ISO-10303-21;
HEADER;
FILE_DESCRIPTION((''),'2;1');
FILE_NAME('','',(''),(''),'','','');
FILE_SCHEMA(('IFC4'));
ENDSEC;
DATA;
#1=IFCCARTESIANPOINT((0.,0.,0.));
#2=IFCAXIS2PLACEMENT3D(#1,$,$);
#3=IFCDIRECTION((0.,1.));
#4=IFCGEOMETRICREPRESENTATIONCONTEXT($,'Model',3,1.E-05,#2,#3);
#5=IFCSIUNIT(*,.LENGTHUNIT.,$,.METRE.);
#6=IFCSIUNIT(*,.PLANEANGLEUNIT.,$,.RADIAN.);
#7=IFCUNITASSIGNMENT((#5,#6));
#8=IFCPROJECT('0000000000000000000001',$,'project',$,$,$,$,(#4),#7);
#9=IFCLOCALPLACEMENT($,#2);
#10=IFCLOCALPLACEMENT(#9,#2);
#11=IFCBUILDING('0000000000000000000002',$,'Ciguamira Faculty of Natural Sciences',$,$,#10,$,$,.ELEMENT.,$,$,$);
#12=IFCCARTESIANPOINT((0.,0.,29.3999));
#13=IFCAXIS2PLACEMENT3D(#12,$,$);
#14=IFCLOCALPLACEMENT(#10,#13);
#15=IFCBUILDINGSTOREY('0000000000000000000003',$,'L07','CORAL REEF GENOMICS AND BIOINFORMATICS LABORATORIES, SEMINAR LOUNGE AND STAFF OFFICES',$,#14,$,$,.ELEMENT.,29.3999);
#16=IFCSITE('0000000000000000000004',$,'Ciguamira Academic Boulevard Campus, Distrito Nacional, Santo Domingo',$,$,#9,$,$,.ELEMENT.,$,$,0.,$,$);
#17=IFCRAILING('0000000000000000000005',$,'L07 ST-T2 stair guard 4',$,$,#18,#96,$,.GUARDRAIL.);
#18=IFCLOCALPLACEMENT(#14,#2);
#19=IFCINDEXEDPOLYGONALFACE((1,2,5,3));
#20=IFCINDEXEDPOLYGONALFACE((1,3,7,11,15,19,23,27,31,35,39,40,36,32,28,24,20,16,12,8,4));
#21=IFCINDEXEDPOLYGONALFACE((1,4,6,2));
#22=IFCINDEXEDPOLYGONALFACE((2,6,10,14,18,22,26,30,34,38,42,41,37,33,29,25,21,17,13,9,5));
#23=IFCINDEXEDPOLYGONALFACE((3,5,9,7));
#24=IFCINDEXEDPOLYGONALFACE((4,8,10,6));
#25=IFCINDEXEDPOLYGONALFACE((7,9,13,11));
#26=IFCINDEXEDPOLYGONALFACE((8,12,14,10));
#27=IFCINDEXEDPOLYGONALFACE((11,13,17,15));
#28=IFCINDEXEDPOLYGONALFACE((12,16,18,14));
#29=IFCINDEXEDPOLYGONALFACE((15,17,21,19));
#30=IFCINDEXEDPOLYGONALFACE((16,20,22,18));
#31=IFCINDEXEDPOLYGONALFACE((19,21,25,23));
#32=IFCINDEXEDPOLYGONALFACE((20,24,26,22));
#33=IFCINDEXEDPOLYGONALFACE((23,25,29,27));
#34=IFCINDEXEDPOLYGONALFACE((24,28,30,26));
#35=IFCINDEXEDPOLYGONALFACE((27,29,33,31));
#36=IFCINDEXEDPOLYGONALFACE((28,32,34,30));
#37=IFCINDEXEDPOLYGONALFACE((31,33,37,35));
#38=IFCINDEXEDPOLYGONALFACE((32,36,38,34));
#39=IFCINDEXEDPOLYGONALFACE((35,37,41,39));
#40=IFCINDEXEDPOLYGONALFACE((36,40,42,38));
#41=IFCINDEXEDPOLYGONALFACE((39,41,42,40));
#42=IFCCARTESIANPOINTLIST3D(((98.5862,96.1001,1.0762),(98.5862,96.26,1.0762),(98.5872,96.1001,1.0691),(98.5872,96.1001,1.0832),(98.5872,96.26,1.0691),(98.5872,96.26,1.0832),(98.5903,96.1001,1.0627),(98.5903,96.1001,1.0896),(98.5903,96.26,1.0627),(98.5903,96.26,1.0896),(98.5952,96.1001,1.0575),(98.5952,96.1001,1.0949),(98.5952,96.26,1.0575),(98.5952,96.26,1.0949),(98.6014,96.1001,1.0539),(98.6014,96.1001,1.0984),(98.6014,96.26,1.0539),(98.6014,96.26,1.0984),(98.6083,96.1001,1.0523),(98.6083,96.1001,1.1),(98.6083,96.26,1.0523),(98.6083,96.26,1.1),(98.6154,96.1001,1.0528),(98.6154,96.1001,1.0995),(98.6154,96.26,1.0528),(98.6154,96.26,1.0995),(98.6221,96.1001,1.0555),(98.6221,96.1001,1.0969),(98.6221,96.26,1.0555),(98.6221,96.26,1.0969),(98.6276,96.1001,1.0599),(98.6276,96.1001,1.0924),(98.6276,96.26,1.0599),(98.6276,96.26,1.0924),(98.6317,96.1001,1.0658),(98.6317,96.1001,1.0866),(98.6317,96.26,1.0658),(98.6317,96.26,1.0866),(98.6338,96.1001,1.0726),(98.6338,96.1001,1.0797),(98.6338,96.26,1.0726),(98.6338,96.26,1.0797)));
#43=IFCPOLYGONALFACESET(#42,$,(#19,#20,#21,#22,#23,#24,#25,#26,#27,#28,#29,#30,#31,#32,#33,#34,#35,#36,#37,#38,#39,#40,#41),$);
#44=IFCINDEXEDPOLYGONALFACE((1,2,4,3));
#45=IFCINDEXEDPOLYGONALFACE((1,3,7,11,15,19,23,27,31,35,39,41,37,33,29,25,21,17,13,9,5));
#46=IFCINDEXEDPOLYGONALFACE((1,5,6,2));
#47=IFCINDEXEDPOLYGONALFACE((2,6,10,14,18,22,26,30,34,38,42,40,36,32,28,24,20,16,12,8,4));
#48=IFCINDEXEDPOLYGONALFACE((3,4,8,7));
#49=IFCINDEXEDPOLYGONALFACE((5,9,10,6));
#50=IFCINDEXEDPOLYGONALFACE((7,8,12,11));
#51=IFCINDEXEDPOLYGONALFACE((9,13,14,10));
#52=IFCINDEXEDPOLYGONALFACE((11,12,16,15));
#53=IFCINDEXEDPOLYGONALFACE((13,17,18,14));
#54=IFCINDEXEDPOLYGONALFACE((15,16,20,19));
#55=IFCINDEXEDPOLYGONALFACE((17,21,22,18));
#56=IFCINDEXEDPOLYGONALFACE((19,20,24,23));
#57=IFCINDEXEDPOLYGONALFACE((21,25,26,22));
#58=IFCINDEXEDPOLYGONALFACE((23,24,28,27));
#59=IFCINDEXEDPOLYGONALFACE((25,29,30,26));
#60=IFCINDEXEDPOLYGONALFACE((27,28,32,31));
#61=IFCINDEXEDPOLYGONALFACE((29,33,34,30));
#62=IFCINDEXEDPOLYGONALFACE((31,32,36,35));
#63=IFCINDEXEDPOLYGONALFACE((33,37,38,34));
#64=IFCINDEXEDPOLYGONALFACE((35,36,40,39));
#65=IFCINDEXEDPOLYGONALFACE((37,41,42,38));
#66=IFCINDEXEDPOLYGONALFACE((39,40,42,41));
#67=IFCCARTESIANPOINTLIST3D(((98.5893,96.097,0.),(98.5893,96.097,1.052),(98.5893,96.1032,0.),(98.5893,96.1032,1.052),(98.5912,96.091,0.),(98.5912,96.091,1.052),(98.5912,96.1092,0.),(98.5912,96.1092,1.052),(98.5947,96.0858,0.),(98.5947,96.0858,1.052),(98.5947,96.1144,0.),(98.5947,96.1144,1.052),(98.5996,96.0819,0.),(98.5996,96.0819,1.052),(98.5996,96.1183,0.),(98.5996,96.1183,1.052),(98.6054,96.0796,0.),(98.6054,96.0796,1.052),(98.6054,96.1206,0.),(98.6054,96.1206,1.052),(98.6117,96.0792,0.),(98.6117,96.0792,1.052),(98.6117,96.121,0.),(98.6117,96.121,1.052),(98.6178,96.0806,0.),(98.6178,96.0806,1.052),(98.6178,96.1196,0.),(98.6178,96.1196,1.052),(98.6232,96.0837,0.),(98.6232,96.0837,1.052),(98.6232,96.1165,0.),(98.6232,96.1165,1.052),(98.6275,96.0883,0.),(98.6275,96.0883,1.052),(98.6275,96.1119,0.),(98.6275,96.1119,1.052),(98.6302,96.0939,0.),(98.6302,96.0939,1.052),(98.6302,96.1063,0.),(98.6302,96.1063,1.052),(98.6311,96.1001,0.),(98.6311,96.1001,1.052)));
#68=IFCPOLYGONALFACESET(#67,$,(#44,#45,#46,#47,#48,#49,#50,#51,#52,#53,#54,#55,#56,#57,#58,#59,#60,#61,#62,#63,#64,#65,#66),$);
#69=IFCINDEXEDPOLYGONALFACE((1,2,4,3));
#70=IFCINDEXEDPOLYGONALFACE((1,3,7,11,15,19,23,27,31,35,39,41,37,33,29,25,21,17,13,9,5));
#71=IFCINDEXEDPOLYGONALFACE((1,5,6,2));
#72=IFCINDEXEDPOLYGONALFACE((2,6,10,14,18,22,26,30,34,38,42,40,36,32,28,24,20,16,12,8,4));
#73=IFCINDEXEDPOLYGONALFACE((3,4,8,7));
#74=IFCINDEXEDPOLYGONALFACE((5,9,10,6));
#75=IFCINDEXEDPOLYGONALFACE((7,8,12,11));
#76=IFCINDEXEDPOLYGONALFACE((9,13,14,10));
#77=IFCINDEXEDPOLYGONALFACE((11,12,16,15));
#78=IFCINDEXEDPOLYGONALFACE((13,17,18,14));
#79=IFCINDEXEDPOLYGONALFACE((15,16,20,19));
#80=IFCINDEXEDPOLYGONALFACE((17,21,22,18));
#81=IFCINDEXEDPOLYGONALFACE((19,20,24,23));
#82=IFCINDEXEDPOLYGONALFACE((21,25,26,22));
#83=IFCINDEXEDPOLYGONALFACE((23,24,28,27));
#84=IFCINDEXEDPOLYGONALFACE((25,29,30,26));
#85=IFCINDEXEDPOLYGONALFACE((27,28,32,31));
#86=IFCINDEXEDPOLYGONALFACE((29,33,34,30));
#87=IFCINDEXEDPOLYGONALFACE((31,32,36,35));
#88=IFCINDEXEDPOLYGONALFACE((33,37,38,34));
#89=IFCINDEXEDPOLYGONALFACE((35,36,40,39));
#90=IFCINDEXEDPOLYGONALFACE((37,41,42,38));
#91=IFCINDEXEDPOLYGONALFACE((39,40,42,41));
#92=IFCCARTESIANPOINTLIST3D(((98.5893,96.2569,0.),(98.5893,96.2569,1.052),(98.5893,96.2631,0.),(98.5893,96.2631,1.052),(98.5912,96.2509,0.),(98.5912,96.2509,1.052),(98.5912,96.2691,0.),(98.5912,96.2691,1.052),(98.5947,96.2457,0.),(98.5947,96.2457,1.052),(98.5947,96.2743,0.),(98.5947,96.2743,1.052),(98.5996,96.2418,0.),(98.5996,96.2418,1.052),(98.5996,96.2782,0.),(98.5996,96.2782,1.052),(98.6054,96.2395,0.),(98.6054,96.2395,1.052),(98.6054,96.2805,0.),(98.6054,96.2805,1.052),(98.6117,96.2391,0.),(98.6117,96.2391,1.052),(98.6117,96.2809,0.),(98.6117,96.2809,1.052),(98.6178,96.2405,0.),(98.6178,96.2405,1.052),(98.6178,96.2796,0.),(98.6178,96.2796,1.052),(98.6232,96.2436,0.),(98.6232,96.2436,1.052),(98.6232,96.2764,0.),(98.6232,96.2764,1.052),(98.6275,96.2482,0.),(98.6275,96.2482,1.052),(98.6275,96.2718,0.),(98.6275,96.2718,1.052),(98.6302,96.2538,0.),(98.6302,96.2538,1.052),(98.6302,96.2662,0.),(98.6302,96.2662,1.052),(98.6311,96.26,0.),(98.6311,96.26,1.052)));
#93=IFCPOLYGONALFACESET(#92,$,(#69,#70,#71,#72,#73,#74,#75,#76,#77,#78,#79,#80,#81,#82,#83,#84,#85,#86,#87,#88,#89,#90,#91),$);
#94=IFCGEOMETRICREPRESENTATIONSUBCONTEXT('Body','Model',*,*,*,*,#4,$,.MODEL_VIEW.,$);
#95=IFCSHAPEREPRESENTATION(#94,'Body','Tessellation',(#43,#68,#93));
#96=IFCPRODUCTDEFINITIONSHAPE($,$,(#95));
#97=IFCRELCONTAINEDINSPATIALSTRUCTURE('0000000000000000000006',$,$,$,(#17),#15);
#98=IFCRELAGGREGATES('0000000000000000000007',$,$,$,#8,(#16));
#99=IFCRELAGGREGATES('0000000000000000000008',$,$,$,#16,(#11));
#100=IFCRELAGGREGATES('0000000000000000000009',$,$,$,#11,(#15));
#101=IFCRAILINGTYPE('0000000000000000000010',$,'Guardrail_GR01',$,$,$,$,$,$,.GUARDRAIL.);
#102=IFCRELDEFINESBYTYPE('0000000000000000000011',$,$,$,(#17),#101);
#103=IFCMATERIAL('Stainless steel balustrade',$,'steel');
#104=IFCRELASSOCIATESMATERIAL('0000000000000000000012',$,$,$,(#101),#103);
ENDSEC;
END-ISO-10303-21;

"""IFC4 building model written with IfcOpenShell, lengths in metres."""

from ifc_helpers import new_model, si_unit, direction, frame, origin, origin_2d, place, context, subcontext, project, spatial, circle, extrude, material, type_object, element, save


model = new_model("IFC4")

# Units and contexts
model_context = context("Model", 3, precision=1e-05, world=origin(), true_north=direction((0.0, 1.0)))
body_context = subcontext(model_context, "Body", "Model", "MODEL_VIEW")
ifc_project = project(units=[si_unit("LENGTHUNIT", "METRE"), si_unit("PLANEANGLEUNIT", "RADIAN")], contexts=[model_context])

# Site, building, storey
site_placement = place(None, origin())
site = spatial("IfcSite", under=ifc_project, at=site_placement, Name="Ciguamira Academic Boulevard Campus, Distrito Nacional, Santo Domingo", CompositionType="ELEMENT", RefElevation=0.0)
building_placement = place(site_placement, origin())
building = spatial("IfcBuilding", under=site, at=building_placement, Name="Ciguamira Faculty of Natural Sciences", CompositionType="ELEMENT")
storey_placement = place(building_placement, frame((0.0, 0.0, 29.3999)))
storey = spatial("IfcBuildingStorey", under=building, at=storey_placement, Name="L07", Description="CORAL REEF GENOMICS AND BIOINFORMATICS LABORATORIES, SEMINAR LOUNGE AND STAFF OFFICES", CompositionType="ELEMENT", Elevation=29.3999)

# Railing
ifc_material_1 = material(Name="Stainless steel balustrade", Category="steel")
railing_type_1 = type_object("IfcRailingType", Name="Guardrail_GR01", PredefinedType="GUARDRAIL", material=ifc_material_1)
railing_1_placement = place(storey_placement, frame((98.6101, 96.1001, 0.0)))
element("IfcRailing", 1, at=railing_1_placement, inside=storey, type_object=railing_type_1, Name="L07 ST-T2 stair guard 4", PredefinedType="GUARDRAIL", context=body_context, shape_type="SweptSolid", body=[
    extrude(circle(Radius=0.0239, at=origin_2d()), frame((0.0, 0.0, 1.0762), z_axis=(0.0, 1.0, 0.0), x_axis=(-1.0, 0.0, 0.0)), (0.0, 0.0, 1.0), 0.1599),
    extrude(circle(Radius=0.021, at=origin_2d()), origin(), (0.0, 0.0, 1.0), 1.052),
    extrude(circle(Radius=0.021, at=origin_2d()), frame((0.0, 0.1599, 0.0)), (0.0, 0.0, 1.0), 1.052),
])

save(model, "model.ifc")
